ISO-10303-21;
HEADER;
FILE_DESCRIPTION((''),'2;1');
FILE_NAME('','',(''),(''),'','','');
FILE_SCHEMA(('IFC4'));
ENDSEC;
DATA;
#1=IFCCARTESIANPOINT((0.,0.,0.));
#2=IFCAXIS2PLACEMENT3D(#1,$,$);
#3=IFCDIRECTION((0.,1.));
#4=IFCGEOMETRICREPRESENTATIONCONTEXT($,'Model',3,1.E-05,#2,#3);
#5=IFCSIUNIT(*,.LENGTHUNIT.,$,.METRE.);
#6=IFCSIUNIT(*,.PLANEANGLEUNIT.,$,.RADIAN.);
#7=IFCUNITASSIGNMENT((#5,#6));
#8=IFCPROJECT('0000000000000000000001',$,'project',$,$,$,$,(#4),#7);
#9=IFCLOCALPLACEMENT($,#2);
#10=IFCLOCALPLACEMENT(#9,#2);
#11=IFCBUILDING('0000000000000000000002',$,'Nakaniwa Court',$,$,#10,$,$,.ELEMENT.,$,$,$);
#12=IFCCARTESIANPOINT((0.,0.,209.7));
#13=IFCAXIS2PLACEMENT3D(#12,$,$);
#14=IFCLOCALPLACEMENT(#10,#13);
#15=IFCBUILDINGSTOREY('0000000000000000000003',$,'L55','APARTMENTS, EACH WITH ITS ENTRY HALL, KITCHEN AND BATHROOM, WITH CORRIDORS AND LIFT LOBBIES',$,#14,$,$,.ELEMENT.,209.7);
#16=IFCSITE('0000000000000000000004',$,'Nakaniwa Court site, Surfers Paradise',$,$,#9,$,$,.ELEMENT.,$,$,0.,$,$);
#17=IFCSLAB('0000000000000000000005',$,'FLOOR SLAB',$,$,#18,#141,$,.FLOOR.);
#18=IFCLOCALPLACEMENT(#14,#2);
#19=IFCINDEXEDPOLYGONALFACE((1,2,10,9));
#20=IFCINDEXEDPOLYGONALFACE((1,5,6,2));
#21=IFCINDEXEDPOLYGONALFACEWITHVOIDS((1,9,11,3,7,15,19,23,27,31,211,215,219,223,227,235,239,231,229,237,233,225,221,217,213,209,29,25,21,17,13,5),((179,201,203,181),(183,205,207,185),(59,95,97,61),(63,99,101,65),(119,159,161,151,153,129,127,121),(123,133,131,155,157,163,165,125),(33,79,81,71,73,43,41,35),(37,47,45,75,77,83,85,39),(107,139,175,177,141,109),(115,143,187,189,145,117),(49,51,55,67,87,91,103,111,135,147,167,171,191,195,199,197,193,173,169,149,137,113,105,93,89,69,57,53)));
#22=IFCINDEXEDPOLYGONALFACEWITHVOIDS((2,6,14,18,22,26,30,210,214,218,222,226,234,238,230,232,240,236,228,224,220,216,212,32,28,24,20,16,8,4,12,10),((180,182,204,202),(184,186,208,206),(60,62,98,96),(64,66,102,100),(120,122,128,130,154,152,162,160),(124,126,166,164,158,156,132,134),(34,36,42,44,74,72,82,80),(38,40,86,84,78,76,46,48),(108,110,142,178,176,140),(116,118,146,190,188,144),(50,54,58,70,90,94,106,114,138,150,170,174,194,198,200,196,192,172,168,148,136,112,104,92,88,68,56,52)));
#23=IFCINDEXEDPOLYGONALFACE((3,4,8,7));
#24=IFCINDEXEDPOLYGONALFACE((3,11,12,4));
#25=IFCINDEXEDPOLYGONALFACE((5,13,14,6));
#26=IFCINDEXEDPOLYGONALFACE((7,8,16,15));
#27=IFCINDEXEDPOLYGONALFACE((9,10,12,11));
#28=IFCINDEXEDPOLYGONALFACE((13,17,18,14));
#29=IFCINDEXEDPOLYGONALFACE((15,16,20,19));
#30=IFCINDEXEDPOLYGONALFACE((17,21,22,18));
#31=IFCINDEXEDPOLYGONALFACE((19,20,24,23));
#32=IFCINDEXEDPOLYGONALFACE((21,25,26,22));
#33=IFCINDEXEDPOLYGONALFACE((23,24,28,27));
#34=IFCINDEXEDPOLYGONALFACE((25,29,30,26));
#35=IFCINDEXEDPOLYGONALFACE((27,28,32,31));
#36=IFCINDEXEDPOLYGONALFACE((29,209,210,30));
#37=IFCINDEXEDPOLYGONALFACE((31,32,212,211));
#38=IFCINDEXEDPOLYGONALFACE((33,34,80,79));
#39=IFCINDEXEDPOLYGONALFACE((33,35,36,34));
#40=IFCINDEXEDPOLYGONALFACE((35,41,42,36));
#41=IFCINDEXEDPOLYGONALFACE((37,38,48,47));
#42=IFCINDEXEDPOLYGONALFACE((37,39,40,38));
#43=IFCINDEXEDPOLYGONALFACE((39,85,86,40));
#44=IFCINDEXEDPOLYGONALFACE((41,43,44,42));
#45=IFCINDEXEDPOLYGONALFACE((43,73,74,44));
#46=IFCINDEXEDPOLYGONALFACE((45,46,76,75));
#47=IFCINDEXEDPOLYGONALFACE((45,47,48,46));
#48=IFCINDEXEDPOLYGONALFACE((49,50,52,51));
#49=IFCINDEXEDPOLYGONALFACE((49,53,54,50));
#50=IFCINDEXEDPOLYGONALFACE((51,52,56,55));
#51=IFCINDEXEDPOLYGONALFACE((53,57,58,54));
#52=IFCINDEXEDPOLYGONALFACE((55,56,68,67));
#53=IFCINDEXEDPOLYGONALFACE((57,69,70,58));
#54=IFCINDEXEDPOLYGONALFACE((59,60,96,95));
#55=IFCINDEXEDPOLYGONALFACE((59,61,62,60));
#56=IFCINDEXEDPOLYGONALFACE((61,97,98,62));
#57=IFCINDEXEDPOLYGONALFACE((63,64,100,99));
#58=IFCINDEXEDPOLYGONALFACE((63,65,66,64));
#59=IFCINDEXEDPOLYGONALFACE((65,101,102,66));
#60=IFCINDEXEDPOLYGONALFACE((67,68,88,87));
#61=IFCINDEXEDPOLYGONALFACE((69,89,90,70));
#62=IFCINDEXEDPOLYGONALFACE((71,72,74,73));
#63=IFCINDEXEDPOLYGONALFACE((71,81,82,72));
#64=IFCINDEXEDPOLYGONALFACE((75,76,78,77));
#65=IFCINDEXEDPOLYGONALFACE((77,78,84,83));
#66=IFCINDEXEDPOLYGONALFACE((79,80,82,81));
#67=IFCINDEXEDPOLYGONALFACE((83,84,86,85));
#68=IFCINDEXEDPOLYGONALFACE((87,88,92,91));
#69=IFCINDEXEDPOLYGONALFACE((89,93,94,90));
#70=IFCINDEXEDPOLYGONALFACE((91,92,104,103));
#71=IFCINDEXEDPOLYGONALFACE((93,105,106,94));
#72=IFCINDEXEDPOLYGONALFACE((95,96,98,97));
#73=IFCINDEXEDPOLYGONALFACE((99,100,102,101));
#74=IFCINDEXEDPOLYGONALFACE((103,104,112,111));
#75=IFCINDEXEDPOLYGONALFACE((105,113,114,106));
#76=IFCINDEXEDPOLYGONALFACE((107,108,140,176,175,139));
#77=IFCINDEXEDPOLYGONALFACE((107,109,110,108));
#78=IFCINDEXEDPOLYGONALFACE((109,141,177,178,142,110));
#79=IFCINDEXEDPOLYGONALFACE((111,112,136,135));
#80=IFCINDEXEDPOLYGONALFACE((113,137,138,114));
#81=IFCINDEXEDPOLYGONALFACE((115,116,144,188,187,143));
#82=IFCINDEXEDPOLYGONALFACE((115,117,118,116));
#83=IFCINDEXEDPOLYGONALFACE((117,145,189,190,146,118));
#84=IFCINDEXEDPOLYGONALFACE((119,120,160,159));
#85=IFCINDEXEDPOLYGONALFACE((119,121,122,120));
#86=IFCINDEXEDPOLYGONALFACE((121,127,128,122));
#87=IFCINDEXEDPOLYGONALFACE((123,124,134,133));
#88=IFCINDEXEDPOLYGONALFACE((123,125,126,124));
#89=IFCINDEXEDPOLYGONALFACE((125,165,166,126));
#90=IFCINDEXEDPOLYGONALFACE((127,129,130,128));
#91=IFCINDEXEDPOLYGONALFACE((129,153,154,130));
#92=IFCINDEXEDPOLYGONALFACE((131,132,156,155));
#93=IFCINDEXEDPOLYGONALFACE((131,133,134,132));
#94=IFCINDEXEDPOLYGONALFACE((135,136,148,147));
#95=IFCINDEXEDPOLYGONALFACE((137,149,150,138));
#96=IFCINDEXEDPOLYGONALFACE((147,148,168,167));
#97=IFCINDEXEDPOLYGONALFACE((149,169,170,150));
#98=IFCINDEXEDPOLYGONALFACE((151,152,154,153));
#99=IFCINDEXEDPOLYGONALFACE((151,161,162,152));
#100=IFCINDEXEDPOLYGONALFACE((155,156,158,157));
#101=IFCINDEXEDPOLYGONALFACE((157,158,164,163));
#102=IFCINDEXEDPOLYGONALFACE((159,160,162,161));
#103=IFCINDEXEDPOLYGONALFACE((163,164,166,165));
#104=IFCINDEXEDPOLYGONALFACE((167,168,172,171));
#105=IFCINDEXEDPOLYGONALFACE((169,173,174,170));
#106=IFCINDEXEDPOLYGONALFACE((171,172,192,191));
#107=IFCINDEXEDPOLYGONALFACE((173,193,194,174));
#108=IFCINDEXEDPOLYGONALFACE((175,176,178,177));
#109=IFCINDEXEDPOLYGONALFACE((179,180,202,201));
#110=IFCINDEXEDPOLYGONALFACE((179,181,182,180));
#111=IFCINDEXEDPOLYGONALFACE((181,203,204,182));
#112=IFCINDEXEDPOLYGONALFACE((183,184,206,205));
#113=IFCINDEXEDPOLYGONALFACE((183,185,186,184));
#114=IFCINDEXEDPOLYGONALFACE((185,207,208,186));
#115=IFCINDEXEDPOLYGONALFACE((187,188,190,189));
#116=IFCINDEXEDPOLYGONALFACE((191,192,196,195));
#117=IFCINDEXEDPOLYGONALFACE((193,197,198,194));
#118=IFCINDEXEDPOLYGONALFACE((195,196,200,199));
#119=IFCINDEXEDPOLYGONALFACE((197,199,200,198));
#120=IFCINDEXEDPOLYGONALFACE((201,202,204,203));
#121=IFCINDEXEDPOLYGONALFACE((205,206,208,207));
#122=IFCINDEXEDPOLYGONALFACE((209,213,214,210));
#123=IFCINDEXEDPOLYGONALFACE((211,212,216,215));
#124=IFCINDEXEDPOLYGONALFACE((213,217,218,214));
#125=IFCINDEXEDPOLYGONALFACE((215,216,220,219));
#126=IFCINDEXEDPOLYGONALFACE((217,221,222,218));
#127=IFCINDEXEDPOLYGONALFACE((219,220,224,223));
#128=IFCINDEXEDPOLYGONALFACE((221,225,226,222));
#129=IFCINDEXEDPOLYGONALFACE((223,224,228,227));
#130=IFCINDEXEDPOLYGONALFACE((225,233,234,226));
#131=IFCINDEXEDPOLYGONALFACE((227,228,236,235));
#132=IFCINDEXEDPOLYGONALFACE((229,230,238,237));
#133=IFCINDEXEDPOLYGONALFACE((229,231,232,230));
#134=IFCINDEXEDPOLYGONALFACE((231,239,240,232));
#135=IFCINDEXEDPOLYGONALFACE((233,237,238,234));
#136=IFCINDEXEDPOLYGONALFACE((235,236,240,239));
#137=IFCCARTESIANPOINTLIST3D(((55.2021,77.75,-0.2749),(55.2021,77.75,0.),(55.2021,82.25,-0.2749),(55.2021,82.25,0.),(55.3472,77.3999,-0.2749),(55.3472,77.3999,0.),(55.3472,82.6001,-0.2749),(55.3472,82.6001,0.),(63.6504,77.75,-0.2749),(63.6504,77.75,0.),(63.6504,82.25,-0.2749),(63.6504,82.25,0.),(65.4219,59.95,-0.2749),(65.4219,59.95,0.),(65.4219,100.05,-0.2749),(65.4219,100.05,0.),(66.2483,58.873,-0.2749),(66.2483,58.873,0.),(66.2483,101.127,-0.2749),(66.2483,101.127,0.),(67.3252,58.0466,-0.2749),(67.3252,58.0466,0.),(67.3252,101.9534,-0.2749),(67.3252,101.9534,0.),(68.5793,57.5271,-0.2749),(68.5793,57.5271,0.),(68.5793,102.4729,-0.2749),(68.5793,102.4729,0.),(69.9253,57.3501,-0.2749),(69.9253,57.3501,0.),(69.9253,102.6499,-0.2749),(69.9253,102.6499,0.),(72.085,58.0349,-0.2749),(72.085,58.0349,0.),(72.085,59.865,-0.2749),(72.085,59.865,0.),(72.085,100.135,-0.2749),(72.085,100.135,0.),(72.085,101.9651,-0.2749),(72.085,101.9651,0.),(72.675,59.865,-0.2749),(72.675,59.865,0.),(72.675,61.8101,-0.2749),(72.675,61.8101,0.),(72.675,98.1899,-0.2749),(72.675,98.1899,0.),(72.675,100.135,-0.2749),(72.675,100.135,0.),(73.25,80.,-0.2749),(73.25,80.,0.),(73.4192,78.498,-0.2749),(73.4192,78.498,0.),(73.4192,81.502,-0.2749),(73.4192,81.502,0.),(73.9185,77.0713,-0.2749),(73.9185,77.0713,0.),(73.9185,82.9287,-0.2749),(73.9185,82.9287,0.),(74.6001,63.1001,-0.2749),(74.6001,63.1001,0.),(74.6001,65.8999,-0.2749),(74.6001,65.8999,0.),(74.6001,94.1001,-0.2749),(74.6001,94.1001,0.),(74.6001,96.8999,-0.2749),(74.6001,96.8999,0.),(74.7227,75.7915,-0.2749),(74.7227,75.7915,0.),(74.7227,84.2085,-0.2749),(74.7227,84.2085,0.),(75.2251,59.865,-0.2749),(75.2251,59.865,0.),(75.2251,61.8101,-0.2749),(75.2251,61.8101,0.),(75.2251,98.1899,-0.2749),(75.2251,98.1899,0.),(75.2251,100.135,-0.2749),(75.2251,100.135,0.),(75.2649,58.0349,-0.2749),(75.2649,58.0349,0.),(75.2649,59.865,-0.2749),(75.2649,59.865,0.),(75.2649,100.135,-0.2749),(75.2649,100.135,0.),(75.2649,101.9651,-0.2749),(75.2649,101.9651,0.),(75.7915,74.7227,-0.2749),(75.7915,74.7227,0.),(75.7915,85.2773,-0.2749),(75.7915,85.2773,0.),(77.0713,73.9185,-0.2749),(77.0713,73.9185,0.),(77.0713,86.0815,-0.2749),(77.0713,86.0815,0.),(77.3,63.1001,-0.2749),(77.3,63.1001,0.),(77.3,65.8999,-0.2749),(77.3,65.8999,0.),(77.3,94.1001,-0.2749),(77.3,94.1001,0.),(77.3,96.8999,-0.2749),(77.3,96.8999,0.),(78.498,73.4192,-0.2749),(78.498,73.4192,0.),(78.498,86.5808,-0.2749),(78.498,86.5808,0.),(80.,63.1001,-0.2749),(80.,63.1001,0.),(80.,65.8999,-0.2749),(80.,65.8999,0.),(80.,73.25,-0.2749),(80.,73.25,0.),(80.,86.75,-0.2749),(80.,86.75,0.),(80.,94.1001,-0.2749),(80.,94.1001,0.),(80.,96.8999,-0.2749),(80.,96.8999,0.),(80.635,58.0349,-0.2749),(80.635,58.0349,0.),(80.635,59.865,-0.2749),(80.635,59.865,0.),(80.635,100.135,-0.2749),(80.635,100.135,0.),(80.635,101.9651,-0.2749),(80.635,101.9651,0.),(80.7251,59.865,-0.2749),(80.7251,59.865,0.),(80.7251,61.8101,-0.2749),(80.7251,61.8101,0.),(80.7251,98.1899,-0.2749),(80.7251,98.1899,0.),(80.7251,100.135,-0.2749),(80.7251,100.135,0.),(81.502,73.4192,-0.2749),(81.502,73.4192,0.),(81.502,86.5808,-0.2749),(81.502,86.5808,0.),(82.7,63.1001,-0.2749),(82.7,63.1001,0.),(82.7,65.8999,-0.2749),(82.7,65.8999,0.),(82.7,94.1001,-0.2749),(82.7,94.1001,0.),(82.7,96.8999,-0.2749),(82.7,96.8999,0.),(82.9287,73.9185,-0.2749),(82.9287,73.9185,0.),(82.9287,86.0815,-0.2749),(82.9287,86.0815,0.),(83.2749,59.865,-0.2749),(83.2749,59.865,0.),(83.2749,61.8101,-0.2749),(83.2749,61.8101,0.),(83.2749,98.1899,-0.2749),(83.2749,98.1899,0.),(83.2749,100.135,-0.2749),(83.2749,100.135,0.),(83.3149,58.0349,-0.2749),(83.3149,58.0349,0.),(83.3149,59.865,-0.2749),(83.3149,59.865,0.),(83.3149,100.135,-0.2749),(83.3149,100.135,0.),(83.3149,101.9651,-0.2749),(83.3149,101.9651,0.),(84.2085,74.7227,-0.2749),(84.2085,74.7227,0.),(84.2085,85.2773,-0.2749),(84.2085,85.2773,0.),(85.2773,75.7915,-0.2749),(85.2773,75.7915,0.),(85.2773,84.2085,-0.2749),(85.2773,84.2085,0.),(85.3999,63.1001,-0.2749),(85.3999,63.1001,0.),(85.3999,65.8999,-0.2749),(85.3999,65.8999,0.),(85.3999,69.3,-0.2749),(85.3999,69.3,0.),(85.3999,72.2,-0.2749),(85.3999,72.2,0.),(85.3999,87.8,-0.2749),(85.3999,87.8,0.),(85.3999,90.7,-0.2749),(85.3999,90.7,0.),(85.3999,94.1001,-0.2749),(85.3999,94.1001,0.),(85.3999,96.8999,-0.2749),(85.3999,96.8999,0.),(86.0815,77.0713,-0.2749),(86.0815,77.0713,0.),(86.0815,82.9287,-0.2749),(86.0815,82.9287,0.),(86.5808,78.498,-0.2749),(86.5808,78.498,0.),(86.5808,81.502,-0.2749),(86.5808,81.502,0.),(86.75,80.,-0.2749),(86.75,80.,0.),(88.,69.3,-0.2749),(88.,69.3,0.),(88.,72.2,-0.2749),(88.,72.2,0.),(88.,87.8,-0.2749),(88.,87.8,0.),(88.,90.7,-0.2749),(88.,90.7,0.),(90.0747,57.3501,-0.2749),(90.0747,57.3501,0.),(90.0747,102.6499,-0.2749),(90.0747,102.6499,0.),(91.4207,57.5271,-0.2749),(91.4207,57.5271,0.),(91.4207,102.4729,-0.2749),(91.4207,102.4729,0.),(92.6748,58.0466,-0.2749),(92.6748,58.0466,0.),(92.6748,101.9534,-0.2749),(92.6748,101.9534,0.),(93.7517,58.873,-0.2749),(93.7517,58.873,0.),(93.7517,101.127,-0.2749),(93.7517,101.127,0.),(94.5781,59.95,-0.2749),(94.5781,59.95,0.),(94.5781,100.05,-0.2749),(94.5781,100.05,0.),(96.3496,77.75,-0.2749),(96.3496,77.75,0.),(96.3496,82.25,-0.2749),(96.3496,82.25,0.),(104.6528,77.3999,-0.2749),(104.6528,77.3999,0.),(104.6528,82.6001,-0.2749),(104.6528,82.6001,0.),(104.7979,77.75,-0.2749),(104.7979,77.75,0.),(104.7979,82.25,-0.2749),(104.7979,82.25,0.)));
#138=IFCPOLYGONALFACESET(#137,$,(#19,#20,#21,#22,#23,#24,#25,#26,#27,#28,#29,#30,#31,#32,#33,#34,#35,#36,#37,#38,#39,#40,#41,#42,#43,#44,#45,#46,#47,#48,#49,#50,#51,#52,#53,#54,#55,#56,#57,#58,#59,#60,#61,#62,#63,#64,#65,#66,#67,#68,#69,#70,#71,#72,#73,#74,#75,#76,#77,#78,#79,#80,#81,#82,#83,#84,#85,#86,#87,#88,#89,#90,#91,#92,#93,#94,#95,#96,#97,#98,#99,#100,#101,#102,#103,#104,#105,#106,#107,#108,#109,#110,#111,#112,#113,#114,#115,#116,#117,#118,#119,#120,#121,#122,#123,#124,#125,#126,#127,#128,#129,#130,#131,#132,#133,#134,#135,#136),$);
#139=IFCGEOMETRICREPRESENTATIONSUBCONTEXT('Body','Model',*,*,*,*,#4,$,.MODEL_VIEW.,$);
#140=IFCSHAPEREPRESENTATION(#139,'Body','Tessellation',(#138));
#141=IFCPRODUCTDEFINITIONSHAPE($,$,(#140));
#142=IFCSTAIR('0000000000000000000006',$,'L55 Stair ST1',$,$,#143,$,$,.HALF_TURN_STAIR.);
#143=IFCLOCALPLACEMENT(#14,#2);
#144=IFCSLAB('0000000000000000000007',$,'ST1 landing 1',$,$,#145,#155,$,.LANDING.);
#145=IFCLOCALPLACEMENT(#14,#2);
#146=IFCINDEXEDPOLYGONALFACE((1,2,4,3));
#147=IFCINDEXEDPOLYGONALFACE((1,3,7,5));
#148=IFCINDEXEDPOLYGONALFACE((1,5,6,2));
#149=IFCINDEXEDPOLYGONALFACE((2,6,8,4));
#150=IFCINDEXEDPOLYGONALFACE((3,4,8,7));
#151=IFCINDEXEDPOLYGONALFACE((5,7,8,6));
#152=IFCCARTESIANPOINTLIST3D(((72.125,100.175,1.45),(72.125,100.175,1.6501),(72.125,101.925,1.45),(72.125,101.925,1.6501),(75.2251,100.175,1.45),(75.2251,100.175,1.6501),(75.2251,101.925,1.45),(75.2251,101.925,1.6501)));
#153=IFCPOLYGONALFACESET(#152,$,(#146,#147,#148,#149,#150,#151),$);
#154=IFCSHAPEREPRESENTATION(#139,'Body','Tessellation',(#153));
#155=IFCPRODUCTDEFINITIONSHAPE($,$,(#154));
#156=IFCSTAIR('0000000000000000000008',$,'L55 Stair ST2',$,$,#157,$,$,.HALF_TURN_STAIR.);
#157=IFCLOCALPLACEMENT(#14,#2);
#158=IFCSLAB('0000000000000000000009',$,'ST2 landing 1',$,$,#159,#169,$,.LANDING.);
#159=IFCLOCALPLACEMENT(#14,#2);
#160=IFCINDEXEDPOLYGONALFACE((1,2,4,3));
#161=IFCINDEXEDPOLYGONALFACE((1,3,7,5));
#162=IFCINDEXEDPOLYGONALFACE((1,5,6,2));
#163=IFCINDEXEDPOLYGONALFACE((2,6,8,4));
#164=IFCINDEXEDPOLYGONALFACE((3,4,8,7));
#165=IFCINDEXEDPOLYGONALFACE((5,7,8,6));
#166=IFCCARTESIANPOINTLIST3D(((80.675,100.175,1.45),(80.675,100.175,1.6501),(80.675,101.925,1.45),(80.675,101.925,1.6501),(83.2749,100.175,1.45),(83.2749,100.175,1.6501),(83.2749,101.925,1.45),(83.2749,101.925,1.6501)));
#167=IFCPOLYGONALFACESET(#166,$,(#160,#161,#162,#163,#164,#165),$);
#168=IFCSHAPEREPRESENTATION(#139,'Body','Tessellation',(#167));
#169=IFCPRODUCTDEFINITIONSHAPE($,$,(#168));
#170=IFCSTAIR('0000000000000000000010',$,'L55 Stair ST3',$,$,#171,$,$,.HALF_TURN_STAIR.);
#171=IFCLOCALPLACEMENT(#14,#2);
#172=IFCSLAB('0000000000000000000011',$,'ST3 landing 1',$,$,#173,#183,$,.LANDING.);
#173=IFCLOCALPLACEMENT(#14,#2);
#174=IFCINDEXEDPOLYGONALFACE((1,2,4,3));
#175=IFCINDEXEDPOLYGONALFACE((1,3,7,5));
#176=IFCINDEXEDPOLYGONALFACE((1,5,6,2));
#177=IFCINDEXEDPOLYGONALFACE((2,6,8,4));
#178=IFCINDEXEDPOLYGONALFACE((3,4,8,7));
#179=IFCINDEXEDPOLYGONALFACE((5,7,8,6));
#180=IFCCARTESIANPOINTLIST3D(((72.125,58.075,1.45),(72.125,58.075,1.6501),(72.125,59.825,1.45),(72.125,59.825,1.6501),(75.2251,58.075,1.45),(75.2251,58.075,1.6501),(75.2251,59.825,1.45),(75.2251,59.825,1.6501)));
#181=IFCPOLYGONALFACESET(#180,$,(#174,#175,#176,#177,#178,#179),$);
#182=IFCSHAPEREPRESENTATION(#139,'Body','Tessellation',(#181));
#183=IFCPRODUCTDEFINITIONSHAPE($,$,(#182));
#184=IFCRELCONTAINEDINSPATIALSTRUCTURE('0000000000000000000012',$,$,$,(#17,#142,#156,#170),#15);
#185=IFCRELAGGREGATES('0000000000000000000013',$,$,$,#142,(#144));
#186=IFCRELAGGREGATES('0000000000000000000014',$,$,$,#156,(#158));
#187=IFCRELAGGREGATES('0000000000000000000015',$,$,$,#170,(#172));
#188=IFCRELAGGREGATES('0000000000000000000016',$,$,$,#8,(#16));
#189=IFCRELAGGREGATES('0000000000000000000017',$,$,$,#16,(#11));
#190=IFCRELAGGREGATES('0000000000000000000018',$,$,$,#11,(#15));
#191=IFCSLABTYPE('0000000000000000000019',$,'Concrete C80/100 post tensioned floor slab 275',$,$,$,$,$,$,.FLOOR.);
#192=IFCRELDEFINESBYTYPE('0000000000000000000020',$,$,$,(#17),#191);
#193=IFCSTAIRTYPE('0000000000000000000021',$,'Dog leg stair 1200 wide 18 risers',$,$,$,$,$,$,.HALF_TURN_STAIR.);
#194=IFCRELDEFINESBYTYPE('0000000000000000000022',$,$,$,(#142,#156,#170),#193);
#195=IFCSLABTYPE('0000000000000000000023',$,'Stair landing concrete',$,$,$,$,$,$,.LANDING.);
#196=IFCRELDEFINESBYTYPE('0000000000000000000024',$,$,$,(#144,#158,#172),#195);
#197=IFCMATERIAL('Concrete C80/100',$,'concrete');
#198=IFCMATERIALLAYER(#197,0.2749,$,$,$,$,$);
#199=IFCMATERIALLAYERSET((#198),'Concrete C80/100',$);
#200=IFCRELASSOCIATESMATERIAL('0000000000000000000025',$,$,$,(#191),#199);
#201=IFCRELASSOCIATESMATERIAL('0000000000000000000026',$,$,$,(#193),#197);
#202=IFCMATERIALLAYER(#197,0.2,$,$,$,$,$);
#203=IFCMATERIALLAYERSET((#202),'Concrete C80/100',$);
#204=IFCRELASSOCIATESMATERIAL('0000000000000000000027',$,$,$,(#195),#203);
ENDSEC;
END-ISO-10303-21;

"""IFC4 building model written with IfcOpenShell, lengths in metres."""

from ifc_helpers import new_model, si_unit, direction, frame, origin, place, context, subcontext, project, spatial, polyline, outline, extrude, material, layer, layer_set, type_object, element, aggregate, save


model = new_model("IFC4")

# Units and contexts
model_context = context("Model", 3, precision=1e-05, world=origin(), true_north=direction((0.0, 1.0)))
body_context = subcontext(model_context, "Body", "Model", "MODEL_VIEW")
ifc_project = project(units=[si_unit("LENGTHUNIT", "METRE"), si_unit("PLANEANGLEUNIT", "RADIAN")], contexts=[model_context])

# Site, building, storey
site_placement = place(None, origin())
site = spatial("IfcSite", under=ifc_project, at=site_placement, Name="Nakaniwa Court site, Surfers Paradise", CompositionType="ELEMENT", RefElevation=0.0)
building_placement = place(site_placement, origin())
building = spatial("IfcBuilding", under=site, at=building_placement, Name="Nakaniwa Court", CompositionType="ELEMENT")
storey_placement = place(building_placement, frame((0.0, 0.0, 209.7)))
storey = spatial("IfcBuildingStorey", under=building, at=storey_placement, Name="L55", Description="APARTMENTS, EACH WITH ITS ENTRY HALL, KITCHEN AND BATHROOM, WITH CORRIDORS AND LIFT LOBBIES", CompositionType="ELEMENT", Elevation=209.7)

# Shared definitions
ifc_material_1 = material(Name="Concrete C80/100", Category="concrete")

# Slab
ifc_layer_1 = layer(ifc_material_1, 0.2749)
ifc_layer_set_1 = layer_set([ifc_layer_1], Name="Concrete C80/100")
slab_type_1 = type_object("IfcSlabType", Name="Concrete C80/100 post tensioned floor slab 275", PredefinedType="FLOOR", material=ifc_layer_set_1)
slab_1_placement = place(storey_placement, frame((0.0, 0.0, -0.2749)))
element("IfcSlab", 1, at=slab_1_placement, inside=storey, type_object=slab_type_1, Name="FLOOR SLAB", PredefinedType="FLOOR", context=body_context, shape_type="SweptSolid", body=[
    extrude(outline(polyline([(96.3496, 82.25), (104.7979, 82.25), (104.6528, 82.6001), (94.5781, 100.05), (93.7517, 101.127), (92.6748, 101.9534), (91.4207, 102.4729), (90.0747, 102.6499), (69.9253, 102.6499), (68.5793, 102.4729), (67.3252, 101.9534), (66.2483, 101.127), (65.4219, 100.05), (55.3472, 82.6001), (55.2021, 82.25), (63.6504, 82.25), (63.6504, 77.75), (55.2021, 77.75), (55.3472, 77.3999), (65.4219, 59.95), (66.2483, 58.873), (67.3252, 58.0466), (68.5793, 57.5271), (69.9253, 57.3501), (90.0747, 57.3501), (91.4207, 57.5271), (92.6748, 58.0466), (93.7517, 58.873), (94.5781, 59.95), (104.6528, 77.3999), (104.7979, 77.75), (96.3496, 77.75), (96.3496, 82.25)]), holes=[polyline([(81.502, 86.5808), (80.0, 86.75), (78.498, 86.5808), (77.0713, 86.0815), (75.7915, 85.2773), (74.7227, 84.2085), (73.9185, 82.9287), (73.4192, 81.502), (73.25, 80.0), (73.4192, 78.498), (73.9185, 77.0713), (74.7227, 75.7915), (75.7915, 74.7227), (77.0713, 73.9185), (78.498, 73.4192), (80.0, 73.25), (81.502, 73.4192), (82.9287, 73.9185), (84.2085, 74.7227), (85.2773, 75.7915), (86.0815, 77.0713), (86.5808, 78.498), (86.75, 80.0), (86.5808, 81.502), (86.0815, 82.9287), (85.2773, 84.2085), (84.2085, 85.2773), (82.9287, 86.0815), (81.502, 86.5808)]), polyline([(72.675, 61.8101), (72.675, 59.865), (72.085, 59.865), (72.085, 58.0349), (75.2649, 58.0349), (75.2649, 59.865), (75.2251, 59.865), (75.2251, 61.8101), (72.675, 61.8101)]), polyline([(77.3, 65.8999), (74.6001, 65.8999), (74.6001, 63.1001), (77.3, 63.1001), (77.3, 65.8999)]), polyline([(80.0, 65.8999), (80.0, 63.1001), (82.7, 63.1001), (85.3999, 63.1001), (85.3999, 65.8999), (82.7, 65.8999), (80.0, 65.8999)]), polyline([(77.3, 96.8999), (74.6001, 96.8999), (74.6001, 94.1001), (77.3, 94.1001), (77.3, 96.8999)]), polyline([(80.0, 96.8999), (80.0, 94.1001), (82.7, 94.1001), (85.3999, 94.1001), (85.3999, 96.8999), (82.7, 96.8999), (80.0, 96.8999)]), polyline([(75.2649, 100.135), (75.2649, 101.9651), (72.085, 101.9651), (72.085, 100.135), (72.675, 100.135), (72.675, 98.1899), (75.2251, 98.1899), (75.2251, 100.135), (75.2649, 100.135)]), polyline([(83.2749, 61.8101), (80.7251, 61.8101), (80.7251, 59.865), (80.635, 59.865), (80.635, 58.0349), (83.3149, 58.0349), (83.3149, 59.865), (83.2749, 59.865), (83.2749, 61.8101)]), polyline([(88.0, 72.2), (85.3999, 72.2), (85.3999, 69.3), (88.0, 69.3), (88.0, 72.2)]), polyline([(88.0, 90.7), (85.3999, 90.7), (85.3999, 87.8), (88.0, 87.8), (88.0, 90.7)]), polyline([(83.3149, 100.135), (83.3149, 101.9651), (80.635, 101.9651), (80.635, 100.135), (80.7251, 100.135), (80.7251, 98.1899), (83.2749, 98.1899), (83.2749, 100.135), (83.3149, 100.135)])]), origin(), (0.0, 0.0, 1.0), 0.2749),
])

# Stairs, slabs
stair_type = type_object("IfcStairType", Name="Dog leg stair 1200 wide 18 risers", PredefinedType="HALF_TURN_STAIR", material=ifc_material_1)
stair_1_placement = place(storey_placement, origin())
stair_1 = element("IfcStair", 2, at=stair_1_placement, inside=storey, type_object=stair_type, Name="L55 Stair ST1", PredefinedType="HALF_TURN_STAIR")
ifc_layer_2 = layer(ifc_material_1, 0.2)
ifc_layer_set_2 = layer_set([ifc_layer_2], Name="Concrete C80/100")
slab_type_2 = type_object("IfcSlabType", Name="Stair landing concrete", PredefinedType="LANDING", material=ifc_layer_set_2)
slab_2_placement = place(storey_placement, frame((0.0, 0.0, 1.45)))
slab_2 = element("IfcSlab", 3, at=slab_2_placement, type_object=slab_type_2, Name="ST1 landing 1", PredefinedType="LANDING", context=body_context, shape_type="SweptSolid", body=[
    extrude(outline(polyline([(75.2251, 100.175), (75.2251, 101.925), (72.125, 101.925), (72.125, 100.175), (75.2251, 100.175)])), origin(), (0.0, 0.0, 1.0), 0.2002),
])
aggregate(stair_1, [slab_2])
stair_2_placement = place(storey_placement, origin())
stair_2 = element("IfcStair", 4, at=stair_2_placement, inside=storey, type_object=stair_type, Name="L55 Stair ST2", PredefinedType="HALF_TURN_STAIR")
slab_3_placement = place(storey_placement, frame((0.0, 0.0, 1.45)))
slab_3 = element("IfcSlab", 5, at=slab_3_placement, type_object=slab_type_2, Name="ST2 landing 1", PredefinedType="LANDING", context=body_context, shape_type="SweptSolid", body=[
    extrude(outline(polyline([(83.2749, 100.175), (83.2749, 101.925), (80.675, 101.925), (80.675, 100.175), (83.2749, 100.175)])), origin(), (0.0, 0.0, 1.0), 0.2002),
])
aggregate(stair_2, [slab_3])
stair_3_placement = place(storey_placement, origin())
stair_3 = element("IfcStair", 6, at=stair_3_placement, inside=storey, type_object=stair_type, Name="L55 Stair ST3", PredefinedType="HALF_TURN_STAIR")
slab_4_placement = place(storey_placement, frame((0.0, 0.0, 1.45)))
slab_4 = element("IfcSlab", 7, at=slab_4_placement, type_object=slab_type_2, Name="ST3 landing 1", PredefinedType="LANDING", context=body_context, shape_type="SweptSolid", body=[
    extrude(outline(polyline([(75.2251, 58.075), (75.2251, 59.825), (72.125, 59.825), (72.125, 58.075), (75.2251, 58.075)])), origin(), (0.0, 0.0, 1.0), 0.2002),
])
aggregate(stair_3, [slab_4])

save(model, "model.ifc")
